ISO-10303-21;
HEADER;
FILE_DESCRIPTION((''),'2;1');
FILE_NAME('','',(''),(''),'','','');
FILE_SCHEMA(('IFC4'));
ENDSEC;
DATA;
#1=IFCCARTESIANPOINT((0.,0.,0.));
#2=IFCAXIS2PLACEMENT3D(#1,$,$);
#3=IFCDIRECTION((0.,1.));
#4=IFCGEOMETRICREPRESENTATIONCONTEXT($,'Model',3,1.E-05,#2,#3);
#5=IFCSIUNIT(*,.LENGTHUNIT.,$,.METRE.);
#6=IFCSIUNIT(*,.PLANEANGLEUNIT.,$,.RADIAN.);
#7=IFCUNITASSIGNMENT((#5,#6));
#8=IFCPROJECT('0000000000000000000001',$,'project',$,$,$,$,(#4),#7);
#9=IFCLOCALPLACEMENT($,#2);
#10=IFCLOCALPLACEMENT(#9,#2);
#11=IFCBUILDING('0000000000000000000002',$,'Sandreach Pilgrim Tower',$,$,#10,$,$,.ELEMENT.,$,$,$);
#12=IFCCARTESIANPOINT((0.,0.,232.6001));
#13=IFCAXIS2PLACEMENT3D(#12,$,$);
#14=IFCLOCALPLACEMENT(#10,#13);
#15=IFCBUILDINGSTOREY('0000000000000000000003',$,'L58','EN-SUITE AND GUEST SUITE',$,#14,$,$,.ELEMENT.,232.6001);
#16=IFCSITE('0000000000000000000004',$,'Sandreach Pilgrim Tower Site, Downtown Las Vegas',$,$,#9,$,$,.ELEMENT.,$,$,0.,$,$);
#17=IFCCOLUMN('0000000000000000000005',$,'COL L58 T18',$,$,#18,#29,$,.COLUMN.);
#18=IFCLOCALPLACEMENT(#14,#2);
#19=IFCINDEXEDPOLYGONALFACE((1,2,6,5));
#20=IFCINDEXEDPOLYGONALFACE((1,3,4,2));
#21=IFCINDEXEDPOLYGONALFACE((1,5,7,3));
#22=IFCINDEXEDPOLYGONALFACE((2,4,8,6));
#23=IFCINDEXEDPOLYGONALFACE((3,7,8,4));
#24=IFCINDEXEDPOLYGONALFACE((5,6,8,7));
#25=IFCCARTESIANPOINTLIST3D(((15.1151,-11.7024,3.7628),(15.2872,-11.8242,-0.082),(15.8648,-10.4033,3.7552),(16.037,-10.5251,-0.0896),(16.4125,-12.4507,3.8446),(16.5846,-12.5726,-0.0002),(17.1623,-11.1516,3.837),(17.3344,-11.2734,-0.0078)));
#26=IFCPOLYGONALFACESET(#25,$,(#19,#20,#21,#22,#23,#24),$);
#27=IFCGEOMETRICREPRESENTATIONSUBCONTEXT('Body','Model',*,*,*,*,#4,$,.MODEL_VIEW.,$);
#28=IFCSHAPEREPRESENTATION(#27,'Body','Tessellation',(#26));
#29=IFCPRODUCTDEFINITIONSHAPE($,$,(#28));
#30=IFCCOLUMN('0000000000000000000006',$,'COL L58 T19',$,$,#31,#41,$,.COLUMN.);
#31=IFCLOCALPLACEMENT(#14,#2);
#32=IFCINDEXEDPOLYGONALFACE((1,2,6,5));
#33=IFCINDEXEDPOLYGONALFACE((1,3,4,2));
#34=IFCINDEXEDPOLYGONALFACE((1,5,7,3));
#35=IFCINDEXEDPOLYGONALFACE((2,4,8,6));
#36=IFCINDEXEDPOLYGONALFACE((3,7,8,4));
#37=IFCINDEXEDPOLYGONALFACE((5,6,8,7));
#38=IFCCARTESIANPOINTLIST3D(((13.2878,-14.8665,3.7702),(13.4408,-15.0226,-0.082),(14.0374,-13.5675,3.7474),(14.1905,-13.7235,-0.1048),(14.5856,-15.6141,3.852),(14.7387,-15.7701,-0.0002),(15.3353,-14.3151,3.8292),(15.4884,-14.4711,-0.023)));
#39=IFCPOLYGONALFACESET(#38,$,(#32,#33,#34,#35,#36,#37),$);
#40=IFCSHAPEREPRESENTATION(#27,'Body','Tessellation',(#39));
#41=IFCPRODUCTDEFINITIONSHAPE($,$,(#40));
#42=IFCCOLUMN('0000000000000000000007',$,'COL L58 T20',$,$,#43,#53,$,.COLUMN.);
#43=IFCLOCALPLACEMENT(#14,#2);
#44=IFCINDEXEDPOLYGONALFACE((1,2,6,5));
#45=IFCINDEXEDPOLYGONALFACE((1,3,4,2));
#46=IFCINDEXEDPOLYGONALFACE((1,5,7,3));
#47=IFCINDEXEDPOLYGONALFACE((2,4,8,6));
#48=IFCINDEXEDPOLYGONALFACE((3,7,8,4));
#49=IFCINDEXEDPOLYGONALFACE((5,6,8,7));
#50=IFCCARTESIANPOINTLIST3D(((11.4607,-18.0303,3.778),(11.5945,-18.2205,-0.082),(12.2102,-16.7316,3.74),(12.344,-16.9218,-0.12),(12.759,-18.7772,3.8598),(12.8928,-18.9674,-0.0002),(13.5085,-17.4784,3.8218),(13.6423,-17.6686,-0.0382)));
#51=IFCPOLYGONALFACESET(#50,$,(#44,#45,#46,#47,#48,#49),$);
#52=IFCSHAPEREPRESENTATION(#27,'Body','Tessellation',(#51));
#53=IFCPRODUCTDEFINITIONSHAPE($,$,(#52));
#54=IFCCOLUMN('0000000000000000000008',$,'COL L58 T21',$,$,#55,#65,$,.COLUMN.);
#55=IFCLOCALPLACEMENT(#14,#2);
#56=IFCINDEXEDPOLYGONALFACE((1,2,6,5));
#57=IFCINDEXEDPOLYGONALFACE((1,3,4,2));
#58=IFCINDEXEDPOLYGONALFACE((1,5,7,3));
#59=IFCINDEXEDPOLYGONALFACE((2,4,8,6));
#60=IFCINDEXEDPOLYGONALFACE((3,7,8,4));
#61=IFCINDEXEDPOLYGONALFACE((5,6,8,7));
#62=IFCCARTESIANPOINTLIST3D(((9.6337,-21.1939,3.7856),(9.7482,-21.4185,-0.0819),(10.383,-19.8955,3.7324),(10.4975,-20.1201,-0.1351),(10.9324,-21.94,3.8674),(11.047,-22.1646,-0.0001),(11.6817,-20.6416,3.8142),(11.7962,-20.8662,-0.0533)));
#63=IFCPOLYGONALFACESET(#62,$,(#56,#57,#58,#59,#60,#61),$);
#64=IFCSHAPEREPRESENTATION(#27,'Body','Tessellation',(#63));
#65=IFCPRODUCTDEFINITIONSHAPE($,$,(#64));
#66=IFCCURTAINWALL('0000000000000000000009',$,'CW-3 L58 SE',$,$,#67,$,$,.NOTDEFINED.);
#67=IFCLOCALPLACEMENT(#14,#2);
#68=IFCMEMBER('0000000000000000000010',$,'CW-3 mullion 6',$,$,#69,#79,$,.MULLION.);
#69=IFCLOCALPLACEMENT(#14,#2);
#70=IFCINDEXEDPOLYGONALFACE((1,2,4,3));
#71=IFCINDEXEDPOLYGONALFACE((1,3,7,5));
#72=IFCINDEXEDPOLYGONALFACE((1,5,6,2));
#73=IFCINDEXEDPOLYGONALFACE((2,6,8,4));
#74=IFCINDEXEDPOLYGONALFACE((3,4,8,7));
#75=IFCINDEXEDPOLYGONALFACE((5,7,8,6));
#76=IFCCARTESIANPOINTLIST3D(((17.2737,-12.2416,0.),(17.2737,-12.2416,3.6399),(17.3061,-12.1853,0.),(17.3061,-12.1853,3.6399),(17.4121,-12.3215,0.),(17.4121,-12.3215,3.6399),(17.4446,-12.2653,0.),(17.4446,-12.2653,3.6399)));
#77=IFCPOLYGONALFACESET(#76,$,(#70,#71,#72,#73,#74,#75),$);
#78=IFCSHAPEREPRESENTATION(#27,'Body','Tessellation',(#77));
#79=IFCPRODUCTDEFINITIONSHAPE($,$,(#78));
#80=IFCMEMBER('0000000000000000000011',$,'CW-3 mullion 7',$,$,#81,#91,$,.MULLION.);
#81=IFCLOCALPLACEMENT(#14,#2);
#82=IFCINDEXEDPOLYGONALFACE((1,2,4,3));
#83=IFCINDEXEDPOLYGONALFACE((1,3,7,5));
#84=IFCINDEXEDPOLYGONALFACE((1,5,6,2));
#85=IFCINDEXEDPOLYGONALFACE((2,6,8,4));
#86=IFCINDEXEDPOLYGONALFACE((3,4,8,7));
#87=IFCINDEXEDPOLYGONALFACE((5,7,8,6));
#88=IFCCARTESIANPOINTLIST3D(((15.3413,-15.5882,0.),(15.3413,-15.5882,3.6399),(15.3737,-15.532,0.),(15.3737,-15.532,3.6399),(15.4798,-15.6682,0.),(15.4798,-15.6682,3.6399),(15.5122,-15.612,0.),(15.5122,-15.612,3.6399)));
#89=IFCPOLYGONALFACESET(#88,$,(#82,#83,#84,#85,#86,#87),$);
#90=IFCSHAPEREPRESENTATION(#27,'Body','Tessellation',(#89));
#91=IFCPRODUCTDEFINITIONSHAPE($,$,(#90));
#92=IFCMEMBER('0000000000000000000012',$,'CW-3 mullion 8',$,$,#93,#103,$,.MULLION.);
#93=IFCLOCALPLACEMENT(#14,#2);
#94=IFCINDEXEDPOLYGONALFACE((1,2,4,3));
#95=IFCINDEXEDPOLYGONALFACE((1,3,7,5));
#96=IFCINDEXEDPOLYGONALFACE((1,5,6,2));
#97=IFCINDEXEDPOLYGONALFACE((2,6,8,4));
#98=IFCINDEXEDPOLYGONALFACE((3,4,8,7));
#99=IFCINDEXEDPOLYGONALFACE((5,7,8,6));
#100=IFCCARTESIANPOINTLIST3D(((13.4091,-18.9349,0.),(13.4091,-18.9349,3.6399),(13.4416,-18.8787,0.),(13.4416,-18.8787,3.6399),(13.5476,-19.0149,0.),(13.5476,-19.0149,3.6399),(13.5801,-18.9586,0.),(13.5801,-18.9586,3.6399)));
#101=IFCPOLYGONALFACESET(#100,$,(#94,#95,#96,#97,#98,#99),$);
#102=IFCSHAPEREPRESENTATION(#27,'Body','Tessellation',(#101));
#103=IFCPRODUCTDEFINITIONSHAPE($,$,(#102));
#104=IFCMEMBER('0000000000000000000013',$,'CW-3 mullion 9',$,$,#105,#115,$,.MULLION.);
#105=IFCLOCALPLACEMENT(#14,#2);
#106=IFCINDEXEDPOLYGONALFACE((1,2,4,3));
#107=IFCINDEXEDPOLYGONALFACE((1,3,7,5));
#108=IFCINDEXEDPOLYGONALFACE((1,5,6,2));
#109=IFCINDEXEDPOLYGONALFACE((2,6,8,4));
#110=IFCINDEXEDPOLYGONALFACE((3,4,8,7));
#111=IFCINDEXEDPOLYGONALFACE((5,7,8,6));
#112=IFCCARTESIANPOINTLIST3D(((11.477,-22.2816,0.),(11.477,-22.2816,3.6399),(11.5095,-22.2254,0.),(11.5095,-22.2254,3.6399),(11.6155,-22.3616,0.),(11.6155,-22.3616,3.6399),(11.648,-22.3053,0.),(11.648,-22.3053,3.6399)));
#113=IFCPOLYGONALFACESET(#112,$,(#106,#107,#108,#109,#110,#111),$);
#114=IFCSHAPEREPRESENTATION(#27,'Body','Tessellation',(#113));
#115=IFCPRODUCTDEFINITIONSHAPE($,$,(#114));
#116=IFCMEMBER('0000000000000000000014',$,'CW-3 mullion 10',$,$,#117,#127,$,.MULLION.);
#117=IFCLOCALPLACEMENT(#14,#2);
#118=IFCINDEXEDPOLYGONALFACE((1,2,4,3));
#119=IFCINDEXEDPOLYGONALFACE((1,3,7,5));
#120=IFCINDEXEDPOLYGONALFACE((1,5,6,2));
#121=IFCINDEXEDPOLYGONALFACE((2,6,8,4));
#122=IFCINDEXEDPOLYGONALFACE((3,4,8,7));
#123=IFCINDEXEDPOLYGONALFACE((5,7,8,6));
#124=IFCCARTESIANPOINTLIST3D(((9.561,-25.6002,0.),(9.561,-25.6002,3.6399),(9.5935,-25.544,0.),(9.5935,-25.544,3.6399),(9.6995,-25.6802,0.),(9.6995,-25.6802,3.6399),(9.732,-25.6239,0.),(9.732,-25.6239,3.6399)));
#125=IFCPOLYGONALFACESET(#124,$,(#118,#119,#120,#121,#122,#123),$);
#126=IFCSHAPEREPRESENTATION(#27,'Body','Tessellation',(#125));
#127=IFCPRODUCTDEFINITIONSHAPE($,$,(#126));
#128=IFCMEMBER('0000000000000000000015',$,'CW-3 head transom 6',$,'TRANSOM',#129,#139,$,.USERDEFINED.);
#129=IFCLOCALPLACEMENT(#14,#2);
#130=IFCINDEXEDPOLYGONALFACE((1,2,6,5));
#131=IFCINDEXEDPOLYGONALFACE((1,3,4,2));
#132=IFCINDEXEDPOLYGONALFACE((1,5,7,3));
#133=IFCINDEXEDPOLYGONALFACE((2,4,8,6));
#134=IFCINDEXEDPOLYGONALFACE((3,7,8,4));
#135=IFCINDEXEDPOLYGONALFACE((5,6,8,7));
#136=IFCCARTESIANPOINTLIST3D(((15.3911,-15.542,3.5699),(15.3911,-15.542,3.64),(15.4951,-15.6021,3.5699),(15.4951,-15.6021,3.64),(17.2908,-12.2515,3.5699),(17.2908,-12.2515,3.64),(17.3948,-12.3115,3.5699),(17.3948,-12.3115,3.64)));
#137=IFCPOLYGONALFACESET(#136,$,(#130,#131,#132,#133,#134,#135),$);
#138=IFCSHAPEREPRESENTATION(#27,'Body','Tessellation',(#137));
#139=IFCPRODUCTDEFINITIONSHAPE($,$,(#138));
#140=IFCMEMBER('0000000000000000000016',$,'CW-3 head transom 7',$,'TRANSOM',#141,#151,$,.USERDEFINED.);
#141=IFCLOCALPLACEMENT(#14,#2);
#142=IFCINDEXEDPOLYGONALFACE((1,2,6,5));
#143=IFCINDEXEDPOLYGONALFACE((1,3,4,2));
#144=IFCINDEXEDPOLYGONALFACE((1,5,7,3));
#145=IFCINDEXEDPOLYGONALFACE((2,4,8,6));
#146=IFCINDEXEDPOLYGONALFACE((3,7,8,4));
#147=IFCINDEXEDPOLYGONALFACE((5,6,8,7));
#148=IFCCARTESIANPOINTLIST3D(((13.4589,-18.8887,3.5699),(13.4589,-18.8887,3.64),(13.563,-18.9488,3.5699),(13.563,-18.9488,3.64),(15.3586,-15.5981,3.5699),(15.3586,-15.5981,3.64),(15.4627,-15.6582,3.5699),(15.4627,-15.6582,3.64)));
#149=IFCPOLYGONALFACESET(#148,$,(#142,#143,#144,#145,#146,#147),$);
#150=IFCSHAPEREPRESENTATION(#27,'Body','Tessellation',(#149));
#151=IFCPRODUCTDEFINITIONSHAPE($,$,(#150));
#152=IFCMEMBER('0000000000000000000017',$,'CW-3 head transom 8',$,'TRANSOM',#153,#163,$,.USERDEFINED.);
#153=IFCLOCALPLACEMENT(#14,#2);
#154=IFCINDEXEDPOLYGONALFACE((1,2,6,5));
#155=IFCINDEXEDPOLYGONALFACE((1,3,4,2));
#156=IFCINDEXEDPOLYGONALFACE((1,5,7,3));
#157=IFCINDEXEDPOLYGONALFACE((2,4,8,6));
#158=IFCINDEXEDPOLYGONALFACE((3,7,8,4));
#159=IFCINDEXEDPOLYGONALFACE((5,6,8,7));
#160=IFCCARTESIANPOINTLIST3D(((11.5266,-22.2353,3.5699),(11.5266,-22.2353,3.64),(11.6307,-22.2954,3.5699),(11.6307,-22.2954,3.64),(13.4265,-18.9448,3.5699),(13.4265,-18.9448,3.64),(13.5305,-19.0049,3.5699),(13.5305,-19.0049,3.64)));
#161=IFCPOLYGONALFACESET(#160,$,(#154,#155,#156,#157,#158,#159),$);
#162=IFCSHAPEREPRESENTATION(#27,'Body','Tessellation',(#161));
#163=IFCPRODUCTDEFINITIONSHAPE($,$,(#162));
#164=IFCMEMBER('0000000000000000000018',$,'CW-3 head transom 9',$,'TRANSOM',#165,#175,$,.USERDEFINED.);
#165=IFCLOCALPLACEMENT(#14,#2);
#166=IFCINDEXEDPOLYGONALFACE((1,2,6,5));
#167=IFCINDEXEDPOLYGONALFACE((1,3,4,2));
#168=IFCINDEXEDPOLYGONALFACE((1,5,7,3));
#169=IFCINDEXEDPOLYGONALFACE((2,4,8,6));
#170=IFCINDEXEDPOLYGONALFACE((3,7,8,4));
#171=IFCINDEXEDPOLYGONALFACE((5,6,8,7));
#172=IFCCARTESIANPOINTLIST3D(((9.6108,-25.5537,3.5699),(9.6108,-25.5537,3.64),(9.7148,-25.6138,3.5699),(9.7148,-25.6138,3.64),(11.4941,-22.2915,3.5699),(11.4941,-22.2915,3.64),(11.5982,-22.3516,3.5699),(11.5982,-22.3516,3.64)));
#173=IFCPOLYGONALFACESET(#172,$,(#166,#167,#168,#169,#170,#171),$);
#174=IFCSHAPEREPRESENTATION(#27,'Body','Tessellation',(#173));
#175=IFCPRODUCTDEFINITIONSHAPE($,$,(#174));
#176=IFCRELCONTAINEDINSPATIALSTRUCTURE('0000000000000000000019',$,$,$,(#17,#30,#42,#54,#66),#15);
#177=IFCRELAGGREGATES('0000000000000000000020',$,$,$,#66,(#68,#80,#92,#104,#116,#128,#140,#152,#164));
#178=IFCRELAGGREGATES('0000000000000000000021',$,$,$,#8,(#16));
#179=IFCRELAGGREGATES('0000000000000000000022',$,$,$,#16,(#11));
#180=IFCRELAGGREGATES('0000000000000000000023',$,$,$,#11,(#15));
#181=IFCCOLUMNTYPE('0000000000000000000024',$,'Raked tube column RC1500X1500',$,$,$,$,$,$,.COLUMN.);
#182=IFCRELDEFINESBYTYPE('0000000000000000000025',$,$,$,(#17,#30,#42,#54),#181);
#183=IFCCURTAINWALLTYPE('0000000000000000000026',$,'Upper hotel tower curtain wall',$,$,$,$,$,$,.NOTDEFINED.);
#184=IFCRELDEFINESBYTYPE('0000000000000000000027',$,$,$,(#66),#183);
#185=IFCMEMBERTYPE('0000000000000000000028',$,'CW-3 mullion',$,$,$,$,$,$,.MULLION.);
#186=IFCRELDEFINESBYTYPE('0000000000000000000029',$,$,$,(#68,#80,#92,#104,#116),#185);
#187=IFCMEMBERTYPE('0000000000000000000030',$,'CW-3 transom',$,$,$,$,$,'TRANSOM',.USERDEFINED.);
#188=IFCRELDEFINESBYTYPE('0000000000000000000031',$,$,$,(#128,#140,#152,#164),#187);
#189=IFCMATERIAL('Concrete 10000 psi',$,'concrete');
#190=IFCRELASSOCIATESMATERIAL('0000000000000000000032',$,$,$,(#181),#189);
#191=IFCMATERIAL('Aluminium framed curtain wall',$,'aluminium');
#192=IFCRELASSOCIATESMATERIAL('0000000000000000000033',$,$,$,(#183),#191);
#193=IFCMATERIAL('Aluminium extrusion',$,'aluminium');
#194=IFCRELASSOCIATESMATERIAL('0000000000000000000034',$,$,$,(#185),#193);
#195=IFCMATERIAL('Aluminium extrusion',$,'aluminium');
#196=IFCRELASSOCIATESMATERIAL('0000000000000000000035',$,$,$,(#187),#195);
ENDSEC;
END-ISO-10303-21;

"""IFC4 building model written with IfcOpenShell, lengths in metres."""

from ifc_helpers import new_model, si_unit, direction, frame, origin, origin_2d, place, context, subcontext, project, spatial, rectangle, extrude, material, material_profile, profile_set, type_object, element, aggregate, save


model = new_model("IFC4")

# Units and contexts
model_context = context("Model", 3, precision=1e-05, world=origin(), true_north=direction((0.0, 1.0)))
body_context = subcontext(model_context, "Body", "Model", "MODEL_VIEW")
ifc_project = project(units=[si_unit("LENGTHUNIT", "METRE"), si_unit("PLANEANGLEUNIT", "RADIAN")], contexts=[model_context])

# Site, building, storey
site_placement = place(None, origin())
site = spatial("IfcSite", under=ifc_project, at=site_placement, Name="Sandreach Pilgrim Tower Site, Downtown Las Vegas", CompositionType="ELEMENT", RefElevation=0.0)
building_placement = place(site_placement, origin())
building = spatial("IfcBuilding", under=site, at=building_placement, Name="Sandreach Pilgrim Tower", CompositionType="ELEMENT")
storey_placement = place(building_placement, frame((0.0, 0.0, 232.6001)))
storey = spatial("IfcBuildingStorey", under=building, at=storey_placement, Name="L58", Description="EN-SUITE AND GUEST SUITE", CompositionType="ELEMENT", Elevation=232.6001)

# Columns
ifc_material_1 = material(Name="Concrete 10000 psi", Category="concrete")
ifc_material_profile_1 = material_profile(ifc_material_1, rectangle(XDim=1.5, YDim=1.5, at=origin_2d()), Name="RC1500X1500")
ifc_profile_set_1 = profile_set([ifc_material_profile_1], Name="Concrete 10000 psi")
column_type = type_object("IfcColumnType", Name="Raked tube column RC1500X1500", PredefinedType="COLUMN", material=ifc_profile_set_1)
column_1_placement = place(storey_placement, frame((16.3108, -11.5488, -0.0449), z_axis=(-0.0447, 0.031639, 0.998499), x_axis=(0.864958, -0.498872, 0.05453)))
element("IfcColumn", 1, at=column_1_placement, inside=storey, type_object=column_type, Name="COL L58 T18", PredefinedType="COLUMN", context=body_context, shape_type="SweptSolid", body=[
    extrude(rectangle(XDim=1.5, YDim=1.5, at=origin_2d()), origin(), (0.0, 0.0, 1.0), 3.8506),
])
column_2_placement = place(storey_placement, frame((14.4646, -14.7468, -0.0525), z_axis=(-0.039673, 0.040432, 0.998394), x_axis=(0.865239, -0.498381, 0.054564)))
element("IfcColumn", 2, at=column_2_placement, inside=storey, type_object=column_type, Name="COL L58 T19", PredefinedType="COLUMN", context=body_context, shape_type="SweptSolid", body=[
    extrude(rectangle(XDim=1.5, YDim=1.5, at=origin_2d()), origin(), (0.0, 0.0, 1.0), 3.8584),
])
column_3_placement = place(storey_placement, frame((12.6184, -17.9446, -0.0601), z_axis=(-0.034599, 0.049183, 0.99819), x_axis=(0.86552, -0.497897, 0.054533)))
element("IfcColumn", 3, at=column_3_placement, inside=storey, type_object=column_type, Name="COL L58 T20", PredefinedType="COLUMN", context=body_context, shape_type="SweptSolid", body=[
    extrude(rectangle(XDim=1.5, YDim=1.5, at=origin_2d()), origin(), (0.0, 0.0, 1.0), 3.8669),
])
column_4_placement = place(storey_placement, frame((10.7722, -21.1423, -0.0676), z_axis=(-0.029544, 0.057954, 0.997882), x_axis=(0.865813, -0.497389, 0.054521)))
element("IfcColumn", 4, at=column_4_placement, inside=storey, type_object=column_type, Name="COL L58 T21", PredefinedType="COLUMN", context=body_context, shape_type="SweptSolid", body=[
    extrude(rectangle(XDim=1.5, YDim=1.5, at=origin_2d()), origin(), (0.0, 0.0, 1.0), 3.8757),
])

# Curtain wall, members
ifc_material_2 = material(Name="Aluminium framed curtain wall", Category="aluminium")
curtain_wall_type = type_object("IfcCurtainWallType", Name="Upper hotel tower curtain wall", PredefinedType="NOTDEFINED", material=ifc_material_2)
curtain_wall_placement = place(storey_placement, origin())
curtain_wall = element("IfcCurtainWall", 5, at=curtain_wall_placement, inside=storey, type_object=curtain_wall_type, Name="CW-3 L58 SE", PredefinedType="NOTDEFINED")
ifc_material_3 = material(Name="Aluminium extrusion", Category="aluminium")
ifc_material_profile_2 = material_profile(ifc_material_3, rectangle(XDim=0.0649, YDim=0.1599, at=origin_2d()), Name="CW-3M 65X160")
ifc_profile_set_2 = profile_set([ifc_material_profile_2], Name="Aluminium extrusion")
member_type_1 = type_object("IfcMemberType", Name="CW-3 mullion", PredefinedType="MULLION", material=ifc_profile_set_2)
member_1_placement = place(storey_placement, frame((17.3591, -12.2534, 0.0), z_axis=(0.0, 0.0, 1.0), x_axis=(-0.5, -0.866025, 0.0)))
member_1 = element("IfcMember", 6, at=member_1_placement, type_object=member_type_1, Name="CW-3 mullion 6", PredefinedType="MULLION", context=body_context, shape_type="SweptSolid", body=[
    extrude(rectangle(XDim=0.0649, YDim=0.1599, at=origin_2d()), origin(), (0.0, 0.0, 1.0), 3.6399),
])
member_2_placement = place(storey_placement, frame((15.4268, -15.6001, 0.0), z_axis=(0.0, 0.0, 1.0), x_axis=(-0.5, -0.866025, 0.0)))
member_2 = element("IfcMember", 7, at=member_2_placement, type_object=member_type_1, Name="CW-3 mullion 7", PredefinedType="MULLION", context=body_context, shape_type="SweptSolid", body=[
    extrude(rectangle(XDim=0.0649, YDim=0.1599, at=origin_2d()), origin(), (0.0, 0.0, 1.0), 3.6399),
])
member_3_placement = place(storey_placement, frame((13.4946, -18.9468, 0.0), z_axis=(0.0, 0.0, 1.0), x_axis=(-0.5, -0.866025, 0.0)))
member_3 = element("IfcMember", 8, at=member_3_placement, type_object=member_type_1, Name="CW-3 mullion 8", PredefinedType="MULLION", context=body_context, shape_type="SweptSolid", body=[
    extrude(rectangle(XDim=0.0649, YDim=0.1599, at=origin_2d()), origin(), (0.0, 0.0, 1.0), 3.6399),
])
member_4_placement = place(storey_placement, frame((11.5625, -22.2935, 0.0), z_axis=(0.0, 0.0, 1.0), x_axis=(-0.5, -0.866025, 0.0)))
member_4 = element("IfcMember", 9, at=member_4_placement, type_object=member_type_1, Name="CW-3 mullion 9", PredefinedType="MULLION", context=body_context, shape_type="SweptSolid", body=[
    extrude(rectangle(XDim=0.0649, YDim=0.1599, at=origin_2d()), origin(), (0.0, 0.0, 1.0), 3.6399),
])
member_5_placement = place(storey_placement, frame((9.6465, -25.6121, 0.0), z_axis=(0.0, 0.0, 1.0), x_axis=(-0.5, -0.866025, 0.0)))
member_5 = element("IfcMember", 10, at=member_5_placement, type_object=member_type_1, Name="CW-3 mullion 10", PredefinedType="MULLION", context=body_context, shape_type="SweptSolid", body=[
    extrude(rectangle(XDim=0.0649, YDim=0.1599, at=origin_2d()), origin(), (0.0, 0.0, 1.0), 3.6399),
])
ifc_material_4 = material(Name="Aluminium extrusion", Category="aluminium")
ifc_material_profile_3 = material_profile(ifc_material_4, rectangle(XDim=0.1201, YDim=0.0701, at=origin_2d()), Name="CW-3T 120X70")
ifc_profile_set_3 = profile_set([ifc_material_profile_3], Name="Aluminium extrusion")
member_type_2 = type_object("IfcMemberType", Name="CW-3 transom", ElementType="TRANSOM", PredefinedType="USERDEFINED", material=ifc_profile_set_3)
member_6_placement = place(storey_placement, frame((17.3428, -12.2815, 3.605), z_axis=(-0.499975, -0.86604, 0.0), x_axis=(0.86604, -0.499975, 0.0)))
member_6 = element("IfcMember", 11, at=member_6_placement, type_object=member_type_2, Name="CW-3 head transom 6", ObjectType="TRANSOM", PredefinedType="USERDEFINED", context=body_context, shape_type="SweptSolid", body=[
    extrude(rectangle(XDim=0.1201, YDim=0.0701, at=origin_2d()), origin(), (0.0, 0.0, 1.0), 3.7996),
])
member_7_placement = place(storey_placement, frame((15.4106, -15.6282, 3.605), z_axis=(-0.499975, -0.86604, 0.0), x_axis=(0.86604, -0.499975, 0.0)))
member_7 = element("IfcMember", 12, at=member_7_placement, type_object=member_type_2, Name="CW-3 head transom 7", ObjectType="TRANSOM", PredefinedType="USERDEFINED", context=body_context, shape_type="SweptSolid", body=[
    extrude(rectangle(XDim=0.1201, YDim=0.0701, at=origin_2d()), origin(), (0.0, 0.0, 1.0), 3.7996),
])
member_8_placement = place(storey_placement, frame((13.4785, -18.9749, 3.605), z_axis=(-0.500023, -0.866012, 0.0), x_axis=(0.866012, -0.500023, 0.0)))
member_8 = element("IfcMember", 13, at=member_8_placement, type_object=member_type_2, Name="CW-3 head transom 8", ObjectType="TRANSOM", PredefinedType="USERDEFINED", context=body_context, shape_type="SweptSolid", body=[
    extrude(rectangle(XDim=0.1201, YDim=0.0701, at=origin_2d()), origin(), (0.0, 0.0, 1.0), 3.7996),
])
member_9_placement = place(storey_placement, frame((11.5461, -22.3215, 3.605), z_axis=(-0.499973, -0.866041, 0.0), x_axis=(0.866041, -0.499973, 0.0)))
member_9 = element("IfcMember", 14, at=member_9_placement, type_object=member_type_2, Name="CW-3 head transom 9", ObjectType="TRANSOM", PredefinedType="USERDEFINED", context=body_context, shape_type="SweptSolid", body=[
    extrude(rectangle(XDim=0.1201, YDim=0.0701, at=origin_2d()), origin(), (0.0, 0.0, 1.0), 3.7668),
])

aggregate(curtain_wall, [member_1, member_2, member_3, member_4, member_5, member_6, member_7, member_8, member_9])

save(model, "model.ifc")
